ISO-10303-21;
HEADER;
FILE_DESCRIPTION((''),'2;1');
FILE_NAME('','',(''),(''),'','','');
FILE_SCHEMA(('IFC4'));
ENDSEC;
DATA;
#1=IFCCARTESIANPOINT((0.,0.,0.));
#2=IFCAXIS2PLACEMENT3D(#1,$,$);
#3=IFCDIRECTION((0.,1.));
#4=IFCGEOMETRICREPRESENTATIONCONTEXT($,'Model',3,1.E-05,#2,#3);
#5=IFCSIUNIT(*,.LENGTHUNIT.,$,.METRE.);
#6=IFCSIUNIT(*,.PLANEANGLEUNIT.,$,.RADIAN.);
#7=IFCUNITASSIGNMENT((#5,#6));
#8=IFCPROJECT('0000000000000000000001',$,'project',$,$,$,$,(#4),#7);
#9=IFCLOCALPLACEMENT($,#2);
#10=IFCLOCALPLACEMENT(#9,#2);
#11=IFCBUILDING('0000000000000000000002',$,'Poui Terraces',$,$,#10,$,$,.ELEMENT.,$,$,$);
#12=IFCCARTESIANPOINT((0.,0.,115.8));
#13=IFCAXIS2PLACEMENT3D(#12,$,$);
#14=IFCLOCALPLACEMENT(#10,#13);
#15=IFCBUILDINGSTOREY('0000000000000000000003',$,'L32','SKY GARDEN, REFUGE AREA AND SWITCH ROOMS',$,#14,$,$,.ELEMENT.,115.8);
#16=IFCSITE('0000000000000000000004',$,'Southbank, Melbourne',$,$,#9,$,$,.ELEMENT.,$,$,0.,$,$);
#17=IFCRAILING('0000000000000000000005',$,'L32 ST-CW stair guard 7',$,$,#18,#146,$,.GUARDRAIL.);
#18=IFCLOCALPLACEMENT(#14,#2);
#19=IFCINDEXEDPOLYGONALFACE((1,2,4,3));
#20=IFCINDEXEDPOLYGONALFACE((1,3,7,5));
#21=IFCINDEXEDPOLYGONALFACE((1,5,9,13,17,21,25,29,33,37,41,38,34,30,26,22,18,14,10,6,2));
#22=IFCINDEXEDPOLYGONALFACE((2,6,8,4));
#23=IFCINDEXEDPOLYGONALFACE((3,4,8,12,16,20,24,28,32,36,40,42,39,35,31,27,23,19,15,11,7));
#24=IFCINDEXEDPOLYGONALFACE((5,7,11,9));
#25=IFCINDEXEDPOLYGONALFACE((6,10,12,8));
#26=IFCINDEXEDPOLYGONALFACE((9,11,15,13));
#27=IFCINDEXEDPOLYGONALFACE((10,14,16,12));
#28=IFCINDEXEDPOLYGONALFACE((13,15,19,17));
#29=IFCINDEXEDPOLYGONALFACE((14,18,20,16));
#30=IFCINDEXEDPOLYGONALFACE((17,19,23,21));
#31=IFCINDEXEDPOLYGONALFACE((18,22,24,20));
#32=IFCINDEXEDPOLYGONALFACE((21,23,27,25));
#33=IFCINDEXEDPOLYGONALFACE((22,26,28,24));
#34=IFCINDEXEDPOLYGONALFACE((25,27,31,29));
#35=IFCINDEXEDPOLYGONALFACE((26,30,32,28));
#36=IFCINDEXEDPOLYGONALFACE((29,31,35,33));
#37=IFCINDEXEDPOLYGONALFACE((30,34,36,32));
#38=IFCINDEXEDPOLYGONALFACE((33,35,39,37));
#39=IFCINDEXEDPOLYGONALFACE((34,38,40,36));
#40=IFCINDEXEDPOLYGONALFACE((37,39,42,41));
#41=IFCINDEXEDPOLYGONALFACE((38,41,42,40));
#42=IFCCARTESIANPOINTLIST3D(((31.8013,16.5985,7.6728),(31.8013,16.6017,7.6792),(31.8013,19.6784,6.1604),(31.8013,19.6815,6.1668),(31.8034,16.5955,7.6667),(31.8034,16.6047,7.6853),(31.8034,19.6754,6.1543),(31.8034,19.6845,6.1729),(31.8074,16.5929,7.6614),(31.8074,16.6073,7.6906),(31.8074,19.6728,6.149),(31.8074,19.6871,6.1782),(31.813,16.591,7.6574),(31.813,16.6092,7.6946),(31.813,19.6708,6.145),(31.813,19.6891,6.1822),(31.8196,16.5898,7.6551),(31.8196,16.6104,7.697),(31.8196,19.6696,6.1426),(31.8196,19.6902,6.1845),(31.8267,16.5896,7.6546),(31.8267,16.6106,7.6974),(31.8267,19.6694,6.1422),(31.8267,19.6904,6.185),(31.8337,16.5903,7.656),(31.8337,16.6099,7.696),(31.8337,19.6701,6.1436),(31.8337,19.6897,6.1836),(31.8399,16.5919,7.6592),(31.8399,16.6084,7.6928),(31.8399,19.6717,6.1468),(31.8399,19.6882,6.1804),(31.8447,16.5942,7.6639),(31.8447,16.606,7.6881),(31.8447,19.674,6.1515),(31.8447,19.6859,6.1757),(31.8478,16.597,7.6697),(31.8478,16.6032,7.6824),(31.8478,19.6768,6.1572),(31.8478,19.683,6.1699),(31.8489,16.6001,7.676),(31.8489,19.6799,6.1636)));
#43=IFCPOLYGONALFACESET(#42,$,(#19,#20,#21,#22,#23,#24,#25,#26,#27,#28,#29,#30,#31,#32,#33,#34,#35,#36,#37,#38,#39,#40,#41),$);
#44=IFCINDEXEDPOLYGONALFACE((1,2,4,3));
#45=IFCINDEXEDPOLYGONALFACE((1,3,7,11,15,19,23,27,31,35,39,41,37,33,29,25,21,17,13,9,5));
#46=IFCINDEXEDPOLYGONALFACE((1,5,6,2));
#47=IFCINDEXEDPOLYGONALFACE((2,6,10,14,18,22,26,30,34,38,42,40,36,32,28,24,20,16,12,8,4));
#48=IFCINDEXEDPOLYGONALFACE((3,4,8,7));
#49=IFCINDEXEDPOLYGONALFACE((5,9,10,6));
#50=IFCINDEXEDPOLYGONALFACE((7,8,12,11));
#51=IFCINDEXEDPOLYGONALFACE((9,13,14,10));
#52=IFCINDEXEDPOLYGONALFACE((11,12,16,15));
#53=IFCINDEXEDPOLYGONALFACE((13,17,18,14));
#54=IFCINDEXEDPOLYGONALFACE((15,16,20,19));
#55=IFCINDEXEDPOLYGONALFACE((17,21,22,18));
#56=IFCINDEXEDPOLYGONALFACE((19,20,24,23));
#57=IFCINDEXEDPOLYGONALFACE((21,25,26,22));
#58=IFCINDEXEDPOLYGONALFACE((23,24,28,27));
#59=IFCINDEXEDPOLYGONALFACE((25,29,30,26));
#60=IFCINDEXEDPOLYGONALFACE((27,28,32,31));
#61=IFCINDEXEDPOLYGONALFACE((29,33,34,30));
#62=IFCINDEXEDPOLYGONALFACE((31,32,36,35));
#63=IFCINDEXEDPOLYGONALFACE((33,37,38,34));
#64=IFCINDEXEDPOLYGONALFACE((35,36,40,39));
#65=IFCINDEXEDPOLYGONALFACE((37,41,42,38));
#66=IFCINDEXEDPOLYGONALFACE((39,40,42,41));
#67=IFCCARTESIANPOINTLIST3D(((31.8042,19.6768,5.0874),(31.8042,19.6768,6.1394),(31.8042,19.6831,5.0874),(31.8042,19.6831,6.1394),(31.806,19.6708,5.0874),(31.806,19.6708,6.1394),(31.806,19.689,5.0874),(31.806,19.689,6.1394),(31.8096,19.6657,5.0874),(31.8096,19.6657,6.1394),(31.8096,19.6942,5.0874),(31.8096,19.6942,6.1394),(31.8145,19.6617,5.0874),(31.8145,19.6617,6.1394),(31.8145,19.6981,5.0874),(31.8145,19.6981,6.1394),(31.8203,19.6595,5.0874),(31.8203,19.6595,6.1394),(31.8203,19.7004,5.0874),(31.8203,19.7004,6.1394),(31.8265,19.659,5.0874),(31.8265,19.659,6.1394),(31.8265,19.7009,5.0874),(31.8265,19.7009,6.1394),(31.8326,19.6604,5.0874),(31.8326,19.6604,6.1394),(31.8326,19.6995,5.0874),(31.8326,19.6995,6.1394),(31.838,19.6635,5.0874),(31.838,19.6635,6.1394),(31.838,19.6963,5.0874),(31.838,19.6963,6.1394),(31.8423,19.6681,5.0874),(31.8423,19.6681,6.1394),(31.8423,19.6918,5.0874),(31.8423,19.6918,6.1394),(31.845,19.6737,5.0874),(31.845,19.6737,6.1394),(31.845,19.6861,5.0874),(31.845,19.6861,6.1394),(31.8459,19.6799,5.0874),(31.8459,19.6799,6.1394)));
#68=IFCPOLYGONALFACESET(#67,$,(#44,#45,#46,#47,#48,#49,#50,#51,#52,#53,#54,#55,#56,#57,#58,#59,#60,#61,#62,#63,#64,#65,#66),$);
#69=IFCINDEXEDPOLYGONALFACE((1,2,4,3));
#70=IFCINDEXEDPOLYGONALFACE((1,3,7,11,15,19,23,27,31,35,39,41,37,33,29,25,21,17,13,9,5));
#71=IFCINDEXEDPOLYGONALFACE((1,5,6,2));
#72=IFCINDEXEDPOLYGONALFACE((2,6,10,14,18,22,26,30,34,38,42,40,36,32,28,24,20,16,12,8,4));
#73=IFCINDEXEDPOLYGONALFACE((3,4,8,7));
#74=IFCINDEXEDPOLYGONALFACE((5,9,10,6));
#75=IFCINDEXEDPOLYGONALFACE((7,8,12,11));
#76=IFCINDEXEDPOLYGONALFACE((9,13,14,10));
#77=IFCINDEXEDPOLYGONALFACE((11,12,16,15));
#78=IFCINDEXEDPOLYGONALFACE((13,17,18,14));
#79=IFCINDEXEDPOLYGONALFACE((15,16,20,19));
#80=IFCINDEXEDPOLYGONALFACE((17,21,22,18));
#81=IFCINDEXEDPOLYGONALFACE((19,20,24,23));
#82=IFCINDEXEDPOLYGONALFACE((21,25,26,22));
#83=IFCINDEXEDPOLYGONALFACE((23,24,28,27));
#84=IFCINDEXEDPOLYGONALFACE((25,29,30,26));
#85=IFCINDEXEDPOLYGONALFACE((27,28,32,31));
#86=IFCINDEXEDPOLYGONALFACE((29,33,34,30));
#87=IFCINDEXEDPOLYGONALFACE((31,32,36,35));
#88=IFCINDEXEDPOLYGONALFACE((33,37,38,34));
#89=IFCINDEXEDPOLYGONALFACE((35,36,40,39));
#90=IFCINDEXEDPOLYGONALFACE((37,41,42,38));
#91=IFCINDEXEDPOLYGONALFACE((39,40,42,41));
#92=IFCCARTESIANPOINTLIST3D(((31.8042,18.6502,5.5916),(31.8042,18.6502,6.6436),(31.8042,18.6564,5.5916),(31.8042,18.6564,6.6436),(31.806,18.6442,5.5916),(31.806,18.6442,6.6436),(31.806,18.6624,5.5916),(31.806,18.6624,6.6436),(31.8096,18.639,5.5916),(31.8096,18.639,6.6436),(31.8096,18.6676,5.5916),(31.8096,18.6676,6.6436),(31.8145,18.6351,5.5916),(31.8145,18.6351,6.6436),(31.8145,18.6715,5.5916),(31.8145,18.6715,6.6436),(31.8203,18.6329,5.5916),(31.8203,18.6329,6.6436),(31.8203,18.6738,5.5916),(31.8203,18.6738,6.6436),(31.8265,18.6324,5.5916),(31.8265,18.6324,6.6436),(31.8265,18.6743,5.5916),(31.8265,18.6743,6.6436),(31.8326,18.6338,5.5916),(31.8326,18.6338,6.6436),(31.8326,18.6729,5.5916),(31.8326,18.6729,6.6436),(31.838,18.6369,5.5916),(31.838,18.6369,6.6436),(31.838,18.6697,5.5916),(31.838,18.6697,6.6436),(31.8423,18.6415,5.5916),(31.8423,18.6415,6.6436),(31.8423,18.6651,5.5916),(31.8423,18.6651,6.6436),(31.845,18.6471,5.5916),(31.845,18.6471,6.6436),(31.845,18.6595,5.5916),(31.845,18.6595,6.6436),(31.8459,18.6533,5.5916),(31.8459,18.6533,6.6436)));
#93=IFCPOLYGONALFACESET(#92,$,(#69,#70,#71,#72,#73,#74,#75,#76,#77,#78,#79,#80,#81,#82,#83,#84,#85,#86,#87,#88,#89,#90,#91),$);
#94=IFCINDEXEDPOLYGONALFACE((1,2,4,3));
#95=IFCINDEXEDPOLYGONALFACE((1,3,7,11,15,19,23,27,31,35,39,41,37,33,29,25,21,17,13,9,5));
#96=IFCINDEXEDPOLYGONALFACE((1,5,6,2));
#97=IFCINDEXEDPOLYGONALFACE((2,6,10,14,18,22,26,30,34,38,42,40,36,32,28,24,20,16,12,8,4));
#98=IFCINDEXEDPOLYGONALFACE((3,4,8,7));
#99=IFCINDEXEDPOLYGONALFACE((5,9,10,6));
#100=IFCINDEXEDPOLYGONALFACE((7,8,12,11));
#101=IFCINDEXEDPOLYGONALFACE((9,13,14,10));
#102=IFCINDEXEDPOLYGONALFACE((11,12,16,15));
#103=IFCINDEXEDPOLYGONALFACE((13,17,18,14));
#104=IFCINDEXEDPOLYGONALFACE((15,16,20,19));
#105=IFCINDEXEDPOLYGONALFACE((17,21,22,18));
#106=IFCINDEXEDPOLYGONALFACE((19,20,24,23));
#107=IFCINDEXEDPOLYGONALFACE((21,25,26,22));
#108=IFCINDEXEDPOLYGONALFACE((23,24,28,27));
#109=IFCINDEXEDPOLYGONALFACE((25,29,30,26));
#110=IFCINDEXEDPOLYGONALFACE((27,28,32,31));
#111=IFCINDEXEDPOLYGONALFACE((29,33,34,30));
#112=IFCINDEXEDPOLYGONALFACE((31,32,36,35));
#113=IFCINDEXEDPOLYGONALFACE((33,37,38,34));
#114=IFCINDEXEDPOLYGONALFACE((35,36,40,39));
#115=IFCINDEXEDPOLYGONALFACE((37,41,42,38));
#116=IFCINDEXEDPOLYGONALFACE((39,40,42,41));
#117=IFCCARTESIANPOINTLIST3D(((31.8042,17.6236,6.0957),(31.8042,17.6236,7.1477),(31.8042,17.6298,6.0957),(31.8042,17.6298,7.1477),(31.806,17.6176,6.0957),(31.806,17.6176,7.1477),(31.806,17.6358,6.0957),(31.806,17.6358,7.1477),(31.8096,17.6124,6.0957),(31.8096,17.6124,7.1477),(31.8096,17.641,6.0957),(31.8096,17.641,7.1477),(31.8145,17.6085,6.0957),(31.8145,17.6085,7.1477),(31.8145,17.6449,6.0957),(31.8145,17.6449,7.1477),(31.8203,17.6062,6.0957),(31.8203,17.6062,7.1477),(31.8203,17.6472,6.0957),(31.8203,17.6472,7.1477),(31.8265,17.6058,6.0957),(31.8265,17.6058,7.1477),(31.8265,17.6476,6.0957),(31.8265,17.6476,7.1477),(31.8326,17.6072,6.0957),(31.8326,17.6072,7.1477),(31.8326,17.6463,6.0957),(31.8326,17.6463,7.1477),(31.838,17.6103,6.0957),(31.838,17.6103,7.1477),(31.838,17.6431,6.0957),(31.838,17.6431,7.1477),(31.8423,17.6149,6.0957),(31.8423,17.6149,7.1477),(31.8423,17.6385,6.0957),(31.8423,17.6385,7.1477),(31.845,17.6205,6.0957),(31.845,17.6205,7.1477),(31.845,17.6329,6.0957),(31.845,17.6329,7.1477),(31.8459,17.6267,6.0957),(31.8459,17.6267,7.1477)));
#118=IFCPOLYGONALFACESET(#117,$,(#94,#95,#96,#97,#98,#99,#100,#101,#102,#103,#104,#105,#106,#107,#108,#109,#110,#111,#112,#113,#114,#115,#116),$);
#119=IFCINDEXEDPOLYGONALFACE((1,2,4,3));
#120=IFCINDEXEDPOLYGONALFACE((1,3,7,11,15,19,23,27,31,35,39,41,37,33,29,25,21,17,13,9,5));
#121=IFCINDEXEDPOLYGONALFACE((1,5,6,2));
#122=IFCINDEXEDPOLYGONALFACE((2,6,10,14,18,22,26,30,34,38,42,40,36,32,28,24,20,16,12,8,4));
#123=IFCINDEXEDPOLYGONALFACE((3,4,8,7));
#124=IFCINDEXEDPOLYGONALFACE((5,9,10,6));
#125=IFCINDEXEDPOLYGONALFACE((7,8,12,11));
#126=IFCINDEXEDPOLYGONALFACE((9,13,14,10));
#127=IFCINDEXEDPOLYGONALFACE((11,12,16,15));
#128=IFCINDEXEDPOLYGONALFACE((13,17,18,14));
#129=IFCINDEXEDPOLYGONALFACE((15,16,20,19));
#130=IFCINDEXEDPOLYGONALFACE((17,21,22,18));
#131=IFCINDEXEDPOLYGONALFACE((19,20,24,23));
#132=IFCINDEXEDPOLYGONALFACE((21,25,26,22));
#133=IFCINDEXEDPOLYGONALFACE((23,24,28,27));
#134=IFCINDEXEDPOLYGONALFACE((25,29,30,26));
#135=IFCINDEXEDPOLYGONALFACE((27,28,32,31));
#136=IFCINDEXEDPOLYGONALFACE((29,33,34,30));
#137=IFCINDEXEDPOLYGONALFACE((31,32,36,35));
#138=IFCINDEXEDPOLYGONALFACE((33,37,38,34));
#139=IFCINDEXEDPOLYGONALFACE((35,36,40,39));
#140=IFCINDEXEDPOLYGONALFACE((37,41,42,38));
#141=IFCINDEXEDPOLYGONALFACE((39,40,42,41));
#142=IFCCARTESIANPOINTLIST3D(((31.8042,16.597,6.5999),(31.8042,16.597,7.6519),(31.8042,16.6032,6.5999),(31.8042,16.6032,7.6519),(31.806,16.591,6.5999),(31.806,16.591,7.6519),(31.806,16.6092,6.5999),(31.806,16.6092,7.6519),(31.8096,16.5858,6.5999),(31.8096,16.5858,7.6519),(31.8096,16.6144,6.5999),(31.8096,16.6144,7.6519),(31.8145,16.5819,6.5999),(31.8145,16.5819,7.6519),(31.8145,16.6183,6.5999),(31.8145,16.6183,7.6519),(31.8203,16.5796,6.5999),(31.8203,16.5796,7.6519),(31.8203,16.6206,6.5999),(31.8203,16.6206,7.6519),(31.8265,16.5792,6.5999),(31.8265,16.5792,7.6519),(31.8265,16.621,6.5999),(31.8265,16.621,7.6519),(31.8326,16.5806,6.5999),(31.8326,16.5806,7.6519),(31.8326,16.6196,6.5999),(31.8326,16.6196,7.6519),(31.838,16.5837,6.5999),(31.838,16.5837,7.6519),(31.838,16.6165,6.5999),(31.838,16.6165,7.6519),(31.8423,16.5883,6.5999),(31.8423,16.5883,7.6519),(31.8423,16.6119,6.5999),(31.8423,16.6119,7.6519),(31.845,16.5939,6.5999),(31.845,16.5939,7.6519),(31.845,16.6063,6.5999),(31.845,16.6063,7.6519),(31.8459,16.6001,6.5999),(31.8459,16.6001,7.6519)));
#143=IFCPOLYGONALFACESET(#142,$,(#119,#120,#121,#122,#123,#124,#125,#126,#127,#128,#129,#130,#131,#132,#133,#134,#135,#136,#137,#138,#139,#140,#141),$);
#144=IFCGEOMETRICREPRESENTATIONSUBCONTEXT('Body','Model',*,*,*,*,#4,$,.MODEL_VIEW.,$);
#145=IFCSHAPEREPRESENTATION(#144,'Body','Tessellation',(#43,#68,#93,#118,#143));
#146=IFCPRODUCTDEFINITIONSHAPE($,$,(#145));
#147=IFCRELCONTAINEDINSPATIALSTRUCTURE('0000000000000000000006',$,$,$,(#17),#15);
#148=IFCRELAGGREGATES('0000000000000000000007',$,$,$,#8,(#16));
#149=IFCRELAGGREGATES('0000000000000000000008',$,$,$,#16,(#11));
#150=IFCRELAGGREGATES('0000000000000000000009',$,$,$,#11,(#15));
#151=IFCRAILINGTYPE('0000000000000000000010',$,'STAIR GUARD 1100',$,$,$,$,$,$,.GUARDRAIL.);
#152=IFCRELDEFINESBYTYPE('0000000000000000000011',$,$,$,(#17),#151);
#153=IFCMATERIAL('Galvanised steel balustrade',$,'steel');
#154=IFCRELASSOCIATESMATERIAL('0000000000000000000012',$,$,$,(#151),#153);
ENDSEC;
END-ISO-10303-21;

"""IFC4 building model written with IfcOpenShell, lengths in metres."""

from ifc_helpers import new_model, si_unit, direction, frame, origin, origin_2d, place, context, subcontext, project, spatial, circle, extrude, material, type_object, element, save


model = new_model("IFC4")

# Units and contexts
model_context = context("Model", 3, precision=1e-05, world=origin(), true_north=direction((0.0, 1.0)))
body_context = subcontext(model_context, "Body", "Model", "MODEL_VIEW")
ifc_project = project(units=[si_unit("LENGTHUNIT", "METRE"), si_unit("PLANEANGLEUNIT", "RADIAN")], contexts=[model_context])

# Site, building, storey
site_placement = place(None, origin())
site = spatial("IfcSite", under=ifc_project, at=site_placement, Name="Southbank, Melbourne", CompositionType="ELEMENT", RefElevation=0.0)
building_placement = place(site_placement, origin())
building = spatial("IfcBuilding", under=site, at=building_placement, Name="Poui Terraces", CompositionType="ELEMENT")
storey_placement = place(building_placement, frame((0.0, 0.0, 115.8)))
storey = spatial("IfcBuildingStorey", under=building, at=storey_placement, Name="L32", Description="SKY GARDEN, REFUGE AREA AND SWITCH ROOMS", CompositionType="ELEMENT", Elevation=115.8)

# Railing
ifc_material_1 = material(Name="Galvanised steel balustrade", Category="steel")
railing_type = type_object("IfcRailingType", Name="STAIR GUARD 1100", PredefinedType="GUARDRAIL", material=ifc_material_1)
railing_1_placement = place(storey_placement, frame((31.825, 19.6799, 5.0874)))
element("IfcRailing", 1, at=railing_1_placement, inside=storey, type_object=railing_type, Name="L32 ST-CW stair guard 7", PredefinedType="GUARDRAIL", context=body_context, shape_type="SweptSolid", body=[
    extrude(circle(Radius=0.0239, at=origin_2d()), frame((0.0, 0.0, 1.0762), z_axis=(0.0, -0.897606, 0.440798), x_axis=(1.0, 0.0, 0.0)), (0.0, 0.0, 1.0), 3.4312),
    extrude(circle(Radius=0.021, at=origin_2d()), origin(), (0.0, 0.0, 1.0), 1.052),
    extrude(circle(Radius=0.021, at=origin_2d()), frame((0.0, -1.0266, 0.5042)), (0.0, 0.0, 1.0), 1.052),
    extrude(circle(Radius=0.021, at=origin_2d()), frame((0.0, -2.0532, 1.0083)), (0.0, 0.0, 1.0), 1.052),
    extrude(circle(Radius=0.021, at=origin_2d()), frame((0.0, -3.0798, 1.5125)), (0.0, 0.0, 1.0), 1.052),
])

save(model, "model.ifc")
